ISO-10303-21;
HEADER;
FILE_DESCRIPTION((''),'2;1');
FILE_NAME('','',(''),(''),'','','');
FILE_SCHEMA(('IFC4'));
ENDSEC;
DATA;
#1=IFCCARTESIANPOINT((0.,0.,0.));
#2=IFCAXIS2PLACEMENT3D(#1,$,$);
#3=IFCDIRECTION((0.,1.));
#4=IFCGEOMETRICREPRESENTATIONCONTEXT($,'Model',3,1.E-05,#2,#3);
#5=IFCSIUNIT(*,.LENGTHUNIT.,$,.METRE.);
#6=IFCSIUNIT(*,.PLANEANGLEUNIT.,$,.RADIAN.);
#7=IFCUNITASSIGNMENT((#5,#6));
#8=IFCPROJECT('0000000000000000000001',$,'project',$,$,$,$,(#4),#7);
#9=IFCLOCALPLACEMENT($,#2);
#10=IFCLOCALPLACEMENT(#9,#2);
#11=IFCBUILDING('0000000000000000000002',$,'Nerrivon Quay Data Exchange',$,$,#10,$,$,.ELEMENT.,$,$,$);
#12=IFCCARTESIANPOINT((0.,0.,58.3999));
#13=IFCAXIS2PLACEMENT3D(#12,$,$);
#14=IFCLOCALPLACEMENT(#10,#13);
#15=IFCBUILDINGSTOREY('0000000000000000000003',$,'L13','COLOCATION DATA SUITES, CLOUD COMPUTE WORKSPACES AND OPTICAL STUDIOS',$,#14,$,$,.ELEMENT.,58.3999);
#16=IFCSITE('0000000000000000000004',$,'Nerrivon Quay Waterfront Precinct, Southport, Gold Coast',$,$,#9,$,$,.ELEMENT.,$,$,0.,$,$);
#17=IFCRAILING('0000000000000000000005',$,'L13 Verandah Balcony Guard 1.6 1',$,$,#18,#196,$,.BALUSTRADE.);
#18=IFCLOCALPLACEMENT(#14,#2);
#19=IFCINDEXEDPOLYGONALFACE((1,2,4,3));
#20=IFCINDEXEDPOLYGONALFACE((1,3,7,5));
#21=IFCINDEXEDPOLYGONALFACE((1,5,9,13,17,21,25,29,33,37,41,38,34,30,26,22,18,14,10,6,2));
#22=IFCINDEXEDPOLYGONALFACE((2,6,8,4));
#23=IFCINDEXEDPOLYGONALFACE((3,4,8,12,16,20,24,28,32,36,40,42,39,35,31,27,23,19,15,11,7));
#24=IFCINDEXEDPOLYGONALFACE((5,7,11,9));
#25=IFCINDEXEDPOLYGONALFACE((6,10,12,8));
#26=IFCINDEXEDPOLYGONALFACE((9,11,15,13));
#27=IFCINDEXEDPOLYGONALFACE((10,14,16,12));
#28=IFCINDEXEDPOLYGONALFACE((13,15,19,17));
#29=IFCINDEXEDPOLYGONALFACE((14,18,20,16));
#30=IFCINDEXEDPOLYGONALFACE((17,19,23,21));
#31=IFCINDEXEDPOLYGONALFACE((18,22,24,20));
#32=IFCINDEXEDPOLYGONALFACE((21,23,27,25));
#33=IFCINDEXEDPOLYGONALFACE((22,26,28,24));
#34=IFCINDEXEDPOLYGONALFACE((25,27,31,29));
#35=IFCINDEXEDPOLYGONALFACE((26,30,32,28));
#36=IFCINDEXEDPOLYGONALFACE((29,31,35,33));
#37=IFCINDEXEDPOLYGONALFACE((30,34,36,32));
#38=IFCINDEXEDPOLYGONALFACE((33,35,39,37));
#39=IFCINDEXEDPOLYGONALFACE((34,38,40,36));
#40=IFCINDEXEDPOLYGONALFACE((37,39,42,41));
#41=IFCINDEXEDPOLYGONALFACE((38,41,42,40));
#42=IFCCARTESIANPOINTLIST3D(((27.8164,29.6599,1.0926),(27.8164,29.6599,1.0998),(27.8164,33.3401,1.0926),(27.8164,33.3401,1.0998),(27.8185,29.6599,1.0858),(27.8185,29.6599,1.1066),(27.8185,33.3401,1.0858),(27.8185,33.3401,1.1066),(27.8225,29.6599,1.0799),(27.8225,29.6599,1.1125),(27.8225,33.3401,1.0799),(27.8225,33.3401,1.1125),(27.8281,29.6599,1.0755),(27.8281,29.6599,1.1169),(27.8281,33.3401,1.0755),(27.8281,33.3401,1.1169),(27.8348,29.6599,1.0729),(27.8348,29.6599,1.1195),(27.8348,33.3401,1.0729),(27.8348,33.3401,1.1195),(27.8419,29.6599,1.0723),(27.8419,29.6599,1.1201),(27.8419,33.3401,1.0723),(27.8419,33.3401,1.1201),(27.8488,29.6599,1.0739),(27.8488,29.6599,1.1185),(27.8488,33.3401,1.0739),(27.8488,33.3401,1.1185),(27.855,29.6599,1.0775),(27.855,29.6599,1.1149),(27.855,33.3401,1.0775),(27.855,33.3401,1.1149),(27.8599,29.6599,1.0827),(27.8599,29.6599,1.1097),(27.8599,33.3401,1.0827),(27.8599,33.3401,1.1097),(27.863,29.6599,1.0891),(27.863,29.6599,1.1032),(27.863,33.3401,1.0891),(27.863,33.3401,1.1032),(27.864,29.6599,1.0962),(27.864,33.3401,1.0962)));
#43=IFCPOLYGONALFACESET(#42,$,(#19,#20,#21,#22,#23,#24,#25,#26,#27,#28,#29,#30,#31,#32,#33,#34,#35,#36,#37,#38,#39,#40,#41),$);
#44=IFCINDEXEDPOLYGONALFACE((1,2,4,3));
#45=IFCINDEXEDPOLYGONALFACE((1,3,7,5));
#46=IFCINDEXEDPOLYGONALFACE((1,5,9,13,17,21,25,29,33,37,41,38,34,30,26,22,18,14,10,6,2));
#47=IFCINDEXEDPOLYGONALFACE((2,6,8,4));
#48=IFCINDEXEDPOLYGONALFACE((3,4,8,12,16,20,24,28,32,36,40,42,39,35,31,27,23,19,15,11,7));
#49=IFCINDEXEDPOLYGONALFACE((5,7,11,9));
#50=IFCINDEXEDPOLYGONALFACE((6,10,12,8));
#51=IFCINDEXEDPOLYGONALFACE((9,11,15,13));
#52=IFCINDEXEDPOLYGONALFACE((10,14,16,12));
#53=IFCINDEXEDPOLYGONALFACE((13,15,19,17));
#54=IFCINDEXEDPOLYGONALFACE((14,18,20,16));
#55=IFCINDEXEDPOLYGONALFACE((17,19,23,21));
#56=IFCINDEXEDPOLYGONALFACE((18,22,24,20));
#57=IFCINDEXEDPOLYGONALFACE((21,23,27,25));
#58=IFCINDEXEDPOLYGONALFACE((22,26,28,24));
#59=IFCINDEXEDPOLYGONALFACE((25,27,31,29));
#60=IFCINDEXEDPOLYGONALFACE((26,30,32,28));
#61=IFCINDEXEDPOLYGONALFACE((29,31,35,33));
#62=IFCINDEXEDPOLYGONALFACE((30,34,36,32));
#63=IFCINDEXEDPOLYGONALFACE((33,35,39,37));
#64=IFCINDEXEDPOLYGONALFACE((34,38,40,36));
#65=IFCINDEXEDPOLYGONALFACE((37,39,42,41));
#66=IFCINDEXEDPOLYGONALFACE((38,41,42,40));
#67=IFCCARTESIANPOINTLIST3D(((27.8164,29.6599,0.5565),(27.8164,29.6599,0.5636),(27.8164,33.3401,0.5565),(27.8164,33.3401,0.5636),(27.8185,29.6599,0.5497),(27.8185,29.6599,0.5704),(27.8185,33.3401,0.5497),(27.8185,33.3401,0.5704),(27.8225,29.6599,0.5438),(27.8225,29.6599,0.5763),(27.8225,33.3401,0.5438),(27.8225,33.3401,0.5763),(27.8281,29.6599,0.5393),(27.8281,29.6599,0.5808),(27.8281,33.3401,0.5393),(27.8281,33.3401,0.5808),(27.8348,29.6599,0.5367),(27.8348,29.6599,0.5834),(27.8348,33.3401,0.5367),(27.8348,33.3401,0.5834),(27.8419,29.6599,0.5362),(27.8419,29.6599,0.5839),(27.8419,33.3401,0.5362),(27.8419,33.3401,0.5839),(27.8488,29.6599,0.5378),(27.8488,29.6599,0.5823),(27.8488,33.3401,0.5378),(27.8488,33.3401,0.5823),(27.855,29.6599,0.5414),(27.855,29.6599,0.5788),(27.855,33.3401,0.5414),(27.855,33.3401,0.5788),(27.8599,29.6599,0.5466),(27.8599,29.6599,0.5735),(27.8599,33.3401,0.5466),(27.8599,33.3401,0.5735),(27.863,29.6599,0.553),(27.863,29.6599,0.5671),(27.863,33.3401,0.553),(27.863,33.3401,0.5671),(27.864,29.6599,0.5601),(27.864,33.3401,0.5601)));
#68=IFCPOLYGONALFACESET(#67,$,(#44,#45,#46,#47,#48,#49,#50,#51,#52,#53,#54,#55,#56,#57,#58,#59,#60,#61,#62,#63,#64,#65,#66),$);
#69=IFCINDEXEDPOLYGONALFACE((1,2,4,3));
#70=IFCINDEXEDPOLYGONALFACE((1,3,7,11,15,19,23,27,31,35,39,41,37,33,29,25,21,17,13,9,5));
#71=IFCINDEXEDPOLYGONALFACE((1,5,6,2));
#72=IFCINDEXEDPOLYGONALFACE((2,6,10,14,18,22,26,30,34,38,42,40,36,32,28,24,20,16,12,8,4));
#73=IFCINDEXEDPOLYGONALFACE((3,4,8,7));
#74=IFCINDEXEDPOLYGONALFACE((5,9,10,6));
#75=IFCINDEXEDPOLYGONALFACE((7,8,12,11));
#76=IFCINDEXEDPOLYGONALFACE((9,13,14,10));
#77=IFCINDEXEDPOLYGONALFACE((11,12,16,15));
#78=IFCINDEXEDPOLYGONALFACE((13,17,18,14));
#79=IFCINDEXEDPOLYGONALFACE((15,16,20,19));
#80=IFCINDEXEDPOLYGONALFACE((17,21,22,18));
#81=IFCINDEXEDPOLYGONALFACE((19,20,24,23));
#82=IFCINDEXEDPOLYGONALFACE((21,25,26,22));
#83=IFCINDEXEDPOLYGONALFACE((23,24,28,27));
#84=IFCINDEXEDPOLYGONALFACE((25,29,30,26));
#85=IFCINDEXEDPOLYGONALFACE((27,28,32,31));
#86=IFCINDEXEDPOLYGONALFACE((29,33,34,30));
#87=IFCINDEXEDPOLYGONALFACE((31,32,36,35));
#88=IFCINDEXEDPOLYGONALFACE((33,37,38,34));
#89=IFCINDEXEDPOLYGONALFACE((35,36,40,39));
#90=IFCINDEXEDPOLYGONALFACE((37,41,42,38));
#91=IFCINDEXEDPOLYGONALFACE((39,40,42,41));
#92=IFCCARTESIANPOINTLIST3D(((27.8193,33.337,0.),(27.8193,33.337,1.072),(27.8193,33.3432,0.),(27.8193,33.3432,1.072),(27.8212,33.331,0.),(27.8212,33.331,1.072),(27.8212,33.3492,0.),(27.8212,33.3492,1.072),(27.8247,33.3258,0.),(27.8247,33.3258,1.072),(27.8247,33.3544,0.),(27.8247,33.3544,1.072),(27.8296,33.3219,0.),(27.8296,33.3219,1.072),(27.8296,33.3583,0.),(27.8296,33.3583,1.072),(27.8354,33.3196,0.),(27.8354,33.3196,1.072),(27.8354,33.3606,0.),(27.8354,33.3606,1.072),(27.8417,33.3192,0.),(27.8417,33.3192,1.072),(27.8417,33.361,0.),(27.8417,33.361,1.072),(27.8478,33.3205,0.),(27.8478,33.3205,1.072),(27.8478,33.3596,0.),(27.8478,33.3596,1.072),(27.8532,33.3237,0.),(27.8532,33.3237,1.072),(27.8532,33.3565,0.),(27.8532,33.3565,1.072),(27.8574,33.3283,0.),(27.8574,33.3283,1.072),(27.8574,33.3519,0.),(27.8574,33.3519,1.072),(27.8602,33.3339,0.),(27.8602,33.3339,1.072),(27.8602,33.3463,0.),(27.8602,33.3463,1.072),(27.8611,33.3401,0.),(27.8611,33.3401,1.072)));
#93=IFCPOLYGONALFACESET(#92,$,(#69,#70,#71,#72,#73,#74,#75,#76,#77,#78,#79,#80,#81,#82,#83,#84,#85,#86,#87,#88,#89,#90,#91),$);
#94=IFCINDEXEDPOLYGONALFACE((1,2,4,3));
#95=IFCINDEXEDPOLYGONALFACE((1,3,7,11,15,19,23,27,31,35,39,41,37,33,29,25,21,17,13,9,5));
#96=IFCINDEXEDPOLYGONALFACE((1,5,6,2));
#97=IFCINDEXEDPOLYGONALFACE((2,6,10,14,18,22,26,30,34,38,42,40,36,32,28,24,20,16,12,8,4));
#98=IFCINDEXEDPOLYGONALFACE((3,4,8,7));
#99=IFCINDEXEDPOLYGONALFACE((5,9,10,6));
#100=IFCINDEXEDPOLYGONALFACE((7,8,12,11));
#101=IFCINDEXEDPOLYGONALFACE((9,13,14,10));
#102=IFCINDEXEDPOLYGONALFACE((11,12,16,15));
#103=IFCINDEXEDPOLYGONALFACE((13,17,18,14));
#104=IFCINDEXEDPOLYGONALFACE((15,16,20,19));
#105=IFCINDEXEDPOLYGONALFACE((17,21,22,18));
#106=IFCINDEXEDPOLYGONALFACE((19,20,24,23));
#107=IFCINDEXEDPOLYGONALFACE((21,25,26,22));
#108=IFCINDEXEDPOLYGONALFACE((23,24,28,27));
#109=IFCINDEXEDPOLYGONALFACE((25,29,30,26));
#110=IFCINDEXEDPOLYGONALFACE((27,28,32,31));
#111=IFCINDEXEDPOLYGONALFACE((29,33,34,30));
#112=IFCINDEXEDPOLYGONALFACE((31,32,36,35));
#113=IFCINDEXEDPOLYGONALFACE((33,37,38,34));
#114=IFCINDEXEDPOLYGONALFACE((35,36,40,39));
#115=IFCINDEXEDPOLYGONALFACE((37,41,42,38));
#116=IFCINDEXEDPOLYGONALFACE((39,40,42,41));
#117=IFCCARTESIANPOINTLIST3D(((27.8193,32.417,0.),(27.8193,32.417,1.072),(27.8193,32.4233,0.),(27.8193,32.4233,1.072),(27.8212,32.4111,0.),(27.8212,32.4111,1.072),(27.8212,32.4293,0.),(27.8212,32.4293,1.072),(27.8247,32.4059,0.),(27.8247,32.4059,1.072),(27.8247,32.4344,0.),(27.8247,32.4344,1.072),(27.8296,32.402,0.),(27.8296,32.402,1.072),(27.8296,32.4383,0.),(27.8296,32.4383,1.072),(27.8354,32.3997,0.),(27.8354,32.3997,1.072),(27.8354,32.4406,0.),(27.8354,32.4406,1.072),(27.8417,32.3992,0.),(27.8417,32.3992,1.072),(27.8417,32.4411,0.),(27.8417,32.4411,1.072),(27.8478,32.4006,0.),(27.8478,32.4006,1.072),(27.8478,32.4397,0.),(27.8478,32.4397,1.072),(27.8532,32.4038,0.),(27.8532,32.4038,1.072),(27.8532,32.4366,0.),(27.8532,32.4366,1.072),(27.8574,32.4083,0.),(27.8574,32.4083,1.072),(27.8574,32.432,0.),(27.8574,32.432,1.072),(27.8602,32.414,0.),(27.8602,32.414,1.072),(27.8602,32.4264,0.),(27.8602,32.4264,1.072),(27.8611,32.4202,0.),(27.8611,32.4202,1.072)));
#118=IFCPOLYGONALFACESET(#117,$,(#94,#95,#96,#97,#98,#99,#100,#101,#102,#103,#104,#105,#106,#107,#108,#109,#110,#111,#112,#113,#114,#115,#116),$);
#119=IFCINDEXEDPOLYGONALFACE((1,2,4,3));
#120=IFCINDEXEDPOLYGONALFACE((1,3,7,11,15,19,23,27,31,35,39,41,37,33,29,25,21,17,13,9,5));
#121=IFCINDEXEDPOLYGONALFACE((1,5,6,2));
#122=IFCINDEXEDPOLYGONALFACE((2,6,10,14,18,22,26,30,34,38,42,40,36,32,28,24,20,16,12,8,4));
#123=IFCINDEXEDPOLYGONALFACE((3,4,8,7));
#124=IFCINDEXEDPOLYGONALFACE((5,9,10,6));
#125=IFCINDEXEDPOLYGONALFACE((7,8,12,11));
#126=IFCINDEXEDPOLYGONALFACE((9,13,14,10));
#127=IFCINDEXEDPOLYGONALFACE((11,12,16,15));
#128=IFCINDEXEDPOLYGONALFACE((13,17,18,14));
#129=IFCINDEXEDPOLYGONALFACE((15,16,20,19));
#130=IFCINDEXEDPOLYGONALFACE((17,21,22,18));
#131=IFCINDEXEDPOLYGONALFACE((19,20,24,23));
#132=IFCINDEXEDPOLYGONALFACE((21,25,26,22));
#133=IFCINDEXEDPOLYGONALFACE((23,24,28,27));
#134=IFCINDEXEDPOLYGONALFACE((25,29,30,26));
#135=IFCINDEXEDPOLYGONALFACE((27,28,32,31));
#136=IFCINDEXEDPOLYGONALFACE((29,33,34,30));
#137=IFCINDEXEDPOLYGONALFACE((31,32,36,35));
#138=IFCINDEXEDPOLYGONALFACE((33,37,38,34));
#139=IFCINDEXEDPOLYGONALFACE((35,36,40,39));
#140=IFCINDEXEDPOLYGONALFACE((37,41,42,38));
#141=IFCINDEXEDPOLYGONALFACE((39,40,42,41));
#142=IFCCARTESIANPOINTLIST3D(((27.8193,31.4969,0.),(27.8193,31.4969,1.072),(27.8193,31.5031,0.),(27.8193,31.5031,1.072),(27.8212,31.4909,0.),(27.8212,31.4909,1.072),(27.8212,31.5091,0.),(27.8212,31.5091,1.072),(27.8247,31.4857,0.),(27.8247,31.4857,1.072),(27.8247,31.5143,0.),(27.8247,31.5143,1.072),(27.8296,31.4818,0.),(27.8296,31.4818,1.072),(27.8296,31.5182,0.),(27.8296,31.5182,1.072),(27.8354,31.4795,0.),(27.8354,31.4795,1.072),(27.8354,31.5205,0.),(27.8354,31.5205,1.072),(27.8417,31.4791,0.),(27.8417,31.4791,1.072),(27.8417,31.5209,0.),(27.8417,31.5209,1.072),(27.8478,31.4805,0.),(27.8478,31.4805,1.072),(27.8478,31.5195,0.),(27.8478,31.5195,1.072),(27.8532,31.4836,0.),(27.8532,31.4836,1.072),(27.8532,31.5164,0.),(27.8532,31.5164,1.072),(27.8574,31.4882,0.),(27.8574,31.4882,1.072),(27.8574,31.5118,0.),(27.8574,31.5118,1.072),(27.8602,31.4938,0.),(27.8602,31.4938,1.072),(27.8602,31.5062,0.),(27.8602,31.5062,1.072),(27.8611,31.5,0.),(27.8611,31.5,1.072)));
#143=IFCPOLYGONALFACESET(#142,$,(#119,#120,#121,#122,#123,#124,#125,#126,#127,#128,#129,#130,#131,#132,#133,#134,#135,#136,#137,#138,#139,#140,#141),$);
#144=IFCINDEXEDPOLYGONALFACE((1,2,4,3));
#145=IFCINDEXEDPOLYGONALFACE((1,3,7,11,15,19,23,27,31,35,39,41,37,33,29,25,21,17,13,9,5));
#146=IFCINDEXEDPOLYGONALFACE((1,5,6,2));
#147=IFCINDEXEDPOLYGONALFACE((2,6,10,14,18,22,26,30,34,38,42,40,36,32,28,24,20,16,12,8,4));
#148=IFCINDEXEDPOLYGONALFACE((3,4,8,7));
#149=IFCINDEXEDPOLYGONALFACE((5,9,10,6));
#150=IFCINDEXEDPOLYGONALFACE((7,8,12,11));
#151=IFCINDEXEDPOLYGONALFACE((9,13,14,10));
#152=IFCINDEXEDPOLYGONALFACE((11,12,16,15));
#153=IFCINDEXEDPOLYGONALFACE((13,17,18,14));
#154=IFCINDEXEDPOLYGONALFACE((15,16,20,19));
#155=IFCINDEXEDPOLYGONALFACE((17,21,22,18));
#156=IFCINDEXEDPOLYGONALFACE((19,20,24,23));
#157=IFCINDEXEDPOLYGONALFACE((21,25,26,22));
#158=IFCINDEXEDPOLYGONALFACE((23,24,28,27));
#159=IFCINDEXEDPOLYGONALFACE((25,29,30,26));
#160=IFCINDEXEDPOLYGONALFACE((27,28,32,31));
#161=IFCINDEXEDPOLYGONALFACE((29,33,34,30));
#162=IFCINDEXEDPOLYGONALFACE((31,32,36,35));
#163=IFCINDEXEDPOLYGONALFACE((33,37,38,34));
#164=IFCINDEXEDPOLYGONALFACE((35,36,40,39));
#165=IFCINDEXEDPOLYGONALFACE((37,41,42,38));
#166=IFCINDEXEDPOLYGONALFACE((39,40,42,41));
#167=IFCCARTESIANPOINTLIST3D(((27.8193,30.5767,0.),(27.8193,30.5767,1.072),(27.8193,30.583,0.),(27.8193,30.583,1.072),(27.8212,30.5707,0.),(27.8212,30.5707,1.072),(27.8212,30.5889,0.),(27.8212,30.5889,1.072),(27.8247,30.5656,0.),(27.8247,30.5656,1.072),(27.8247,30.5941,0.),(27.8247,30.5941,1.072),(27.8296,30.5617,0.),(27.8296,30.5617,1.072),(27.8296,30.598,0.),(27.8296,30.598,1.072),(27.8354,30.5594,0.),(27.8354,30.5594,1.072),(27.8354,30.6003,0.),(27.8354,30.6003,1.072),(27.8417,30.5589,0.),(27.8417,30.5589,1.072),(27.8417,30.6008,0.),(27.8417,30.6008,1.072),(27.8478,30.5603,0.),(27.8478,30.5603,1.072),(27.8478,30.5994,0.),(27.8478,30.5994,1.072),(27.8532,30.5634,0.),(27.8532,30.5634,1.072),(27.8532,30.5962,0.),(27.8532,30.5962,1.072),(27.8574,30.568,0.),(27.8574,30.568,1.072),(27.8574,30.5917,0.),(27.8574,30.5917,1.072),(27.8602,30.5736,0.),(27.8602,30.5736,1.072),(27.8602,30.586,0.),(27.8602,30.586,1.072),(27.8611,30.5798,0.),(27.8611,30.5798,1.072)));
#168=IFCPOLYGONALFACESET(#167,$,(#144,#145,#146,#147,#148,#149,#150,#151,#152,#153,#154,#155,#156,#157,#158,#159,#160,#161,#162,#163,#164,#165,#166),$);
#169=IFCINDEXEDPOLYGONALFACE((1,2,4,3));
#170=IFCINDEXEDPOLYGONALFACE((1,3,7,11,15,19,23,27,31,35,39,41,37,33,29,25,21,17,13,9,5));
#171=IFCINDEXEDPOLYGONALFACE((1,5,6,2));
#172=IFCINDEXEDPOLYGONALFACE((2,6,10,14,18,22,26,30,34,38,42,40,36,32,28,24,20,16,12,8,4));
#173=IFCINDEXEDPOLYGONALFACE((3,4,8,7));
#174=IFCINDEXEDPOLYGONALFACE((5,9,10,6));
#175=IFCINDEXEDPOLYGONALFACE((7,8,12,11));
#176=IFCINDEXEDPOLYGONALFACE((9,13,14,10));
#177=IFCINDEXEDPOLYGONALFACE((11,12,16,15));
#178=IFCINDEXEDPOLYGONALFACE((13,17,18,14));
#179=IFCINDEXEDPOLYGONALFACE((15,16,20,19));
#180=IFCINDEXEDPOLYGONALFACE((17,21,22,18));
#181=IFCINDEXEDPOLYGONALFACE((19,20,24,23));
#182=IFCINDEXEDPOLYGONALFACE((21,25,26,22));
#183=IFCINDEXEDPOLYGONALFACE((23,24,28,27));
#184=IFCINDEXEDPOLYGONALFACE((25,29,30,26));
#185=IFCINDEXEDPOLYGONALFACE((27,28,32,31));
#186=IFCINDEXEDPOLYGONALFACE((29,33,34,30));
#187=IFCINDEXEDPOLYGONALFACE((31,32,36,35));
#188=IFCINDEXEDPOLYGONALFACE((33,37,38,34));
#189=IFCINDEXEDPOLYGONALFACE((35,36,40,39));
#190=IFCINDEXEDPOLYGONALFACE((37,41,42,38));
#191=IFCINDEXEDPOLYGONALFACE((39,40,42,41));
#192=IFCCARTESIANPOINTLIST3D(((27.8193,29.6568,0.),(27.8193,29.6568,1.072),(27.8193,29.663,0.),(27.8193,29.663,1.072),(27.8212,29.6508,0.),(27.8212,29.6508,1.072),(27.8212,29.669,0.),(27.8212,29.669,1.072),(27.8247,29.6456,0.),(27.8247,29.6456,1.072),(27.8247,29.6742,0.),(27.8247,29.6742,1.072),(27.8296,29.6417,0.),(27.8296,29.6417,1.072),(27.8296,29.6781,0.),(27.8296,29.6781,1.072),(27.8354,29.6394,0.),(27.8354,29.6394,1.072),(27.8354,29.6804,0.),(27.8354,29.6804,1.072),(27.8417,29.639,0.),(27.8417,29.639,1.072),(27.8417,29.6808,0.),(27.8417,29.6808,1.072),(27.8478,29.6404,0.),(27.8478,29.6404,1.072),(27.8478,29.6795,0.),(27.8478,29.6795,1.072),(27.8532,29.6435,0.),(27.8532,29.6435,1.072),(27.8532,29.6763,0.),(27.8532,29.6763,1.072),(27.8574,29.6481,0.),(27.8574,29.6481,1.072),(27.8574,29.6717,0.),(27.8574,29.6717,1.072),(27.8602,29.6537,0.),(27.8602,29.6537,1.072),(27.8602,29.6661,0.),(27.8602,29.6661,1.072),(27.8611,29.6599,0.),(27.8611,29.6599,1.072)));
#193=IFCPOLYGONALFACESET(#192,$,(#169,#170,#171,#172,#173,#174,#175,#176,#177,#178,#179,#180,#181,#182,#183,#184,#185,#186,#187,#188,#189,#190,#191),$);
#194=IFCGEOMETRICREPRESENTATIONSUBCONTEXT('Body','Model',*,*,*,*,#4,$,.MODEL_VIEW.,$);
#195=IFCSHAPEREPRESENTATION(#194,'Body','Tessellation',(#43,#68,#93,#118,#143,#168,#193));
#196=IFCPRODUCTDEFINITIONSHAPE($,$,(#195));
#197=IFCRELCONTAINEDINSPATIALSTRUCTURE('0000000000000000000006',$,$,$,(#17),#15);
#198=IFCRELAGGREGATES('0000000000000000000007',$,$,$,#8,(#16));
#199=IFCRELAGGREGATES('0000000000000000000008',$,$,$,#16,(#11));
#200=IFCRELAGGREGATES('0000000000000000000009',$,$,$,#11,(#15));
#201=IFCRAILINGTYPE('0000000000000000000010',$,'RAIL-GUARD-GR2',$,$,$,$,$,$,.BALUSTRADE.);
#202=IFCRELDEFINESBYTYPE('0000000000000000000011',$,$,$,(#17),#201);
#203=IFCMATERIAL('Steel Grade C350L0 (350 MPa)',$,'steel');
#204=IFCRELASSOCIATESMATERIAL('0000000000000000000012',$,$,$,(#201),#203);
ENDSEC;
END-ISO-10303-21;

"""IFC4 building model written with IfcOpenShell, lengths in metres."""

from ifc_helpers import new_model, si_unit, direction, frame, origin, origin_2d, place, context, subcontext, project, spatial, circle, extrude, material, type_object, element, save


model = new_model("IFC4")

# Units and contexts
model_context = context("Model", 3, precision=1e-05, world=origin(), true_north=direction((0.0, 1.0)))
body_context = subcontext(model_context, "Body", "Model", "MODEL_VIEW")
ifc_project = project(units=[si_unit("LENGTHUNIT", "METRE"), si_unit("PLANEANGLEUNIT", "RADIAN")], contexts=[model_context])

# Site, building, storey
site_placement = place(None, origin())
site = spatial("IfcSite", under=ifc_project, at=site_placement, Name="Nerrivon Quay Waterfront Precinct, Southport, Gold Coast", CompositionType="ELEMENT", RefElevation=0.0)
building_placement = place(site_placement, origin())
building = spatial("IfcBuilding", under=site, at=building_placement, Name="Nerrivon Quay Data Exchange", CompositionType="ELEMENT")
storey_placement = place(building_placement, frame((0.0, 0.0, 58.3999)))
storey = spatial("IfcBuildingStorey", under=building, at=storey_placement, Name="L13", Description="COLOCATION DATA SUITES, CLOUD COMPUTE WORKSPACES AND OPTICAL STUDIOS", CompositionType="ELEMENT", Elevation=58.3999)

# Railing
ifc_material_1 = material(Name="Steel Grade C350L0 (350 MPa)", Category="steel")
railing_type = type_object("IfcRailingType", Name="RAIL-GUARD-GR2", PredefinedType="BALUSTRADE", material=ifc_material_1)
railing_1_placement = place(storey_placement, frame((27.8401, 33.3401, 0.0)))
element("IfcRailing", 1, at=railing_1_placement, inside=storey, type_object=railing_type, Name="L13 Verandah Balcony Guard 1.6 1", PredefinedType="BALUSTRADE", context=body_context, shape_type="SweptSolid", body=[
    extrude(circle(Radius=0.0239, at=origin_2d()), frame((0.0, 0.0, 1.0962), z_axis=(0.0, -1.0, 0.0), x_axis=(1.0, 0.0, 0.0)), (0.0, 0.0, 1.0), 3.6802),
    extrude(circle(Radius=0.0239, at=origin_2d()), frame((0.0, 0.0, 0.5601), z_axis=(0.0, -1.0, 0.0), x_axis=(1.0, 0.0, 0.0)), (0.0, 0.0, 1.0), 3.6802),
    extrude(circle(Radius=0.021, at=origin_2d()), origin(), (0.0, 0.0, 1.0), 1.072),
    extrude(circle(Radius=0.021, at=origin_2d()), frame((0.0, -0.9199, 0.0)), (0.0, 0.0, 1.0), 1.072),
    extrude(circle(Radius=0.021, at=origin_2d()), frame((0.0, -1.8401, 0.0)), (0.0, 0.0, 1.0), 1.072),
    extrude(circle(Radius=0.021, at=origin_2d()), frame((0.0, -2.7603, 0.0)), (0.0, 0.0, 1.0), 1.072),
    extrude(circle(Radius=0.021, at=origin_2d()), frame((0.0, -3.6802, 0.0)), (0.0, 0.0, 1.0), 1.072),
])

save(model, "model.ifc")
